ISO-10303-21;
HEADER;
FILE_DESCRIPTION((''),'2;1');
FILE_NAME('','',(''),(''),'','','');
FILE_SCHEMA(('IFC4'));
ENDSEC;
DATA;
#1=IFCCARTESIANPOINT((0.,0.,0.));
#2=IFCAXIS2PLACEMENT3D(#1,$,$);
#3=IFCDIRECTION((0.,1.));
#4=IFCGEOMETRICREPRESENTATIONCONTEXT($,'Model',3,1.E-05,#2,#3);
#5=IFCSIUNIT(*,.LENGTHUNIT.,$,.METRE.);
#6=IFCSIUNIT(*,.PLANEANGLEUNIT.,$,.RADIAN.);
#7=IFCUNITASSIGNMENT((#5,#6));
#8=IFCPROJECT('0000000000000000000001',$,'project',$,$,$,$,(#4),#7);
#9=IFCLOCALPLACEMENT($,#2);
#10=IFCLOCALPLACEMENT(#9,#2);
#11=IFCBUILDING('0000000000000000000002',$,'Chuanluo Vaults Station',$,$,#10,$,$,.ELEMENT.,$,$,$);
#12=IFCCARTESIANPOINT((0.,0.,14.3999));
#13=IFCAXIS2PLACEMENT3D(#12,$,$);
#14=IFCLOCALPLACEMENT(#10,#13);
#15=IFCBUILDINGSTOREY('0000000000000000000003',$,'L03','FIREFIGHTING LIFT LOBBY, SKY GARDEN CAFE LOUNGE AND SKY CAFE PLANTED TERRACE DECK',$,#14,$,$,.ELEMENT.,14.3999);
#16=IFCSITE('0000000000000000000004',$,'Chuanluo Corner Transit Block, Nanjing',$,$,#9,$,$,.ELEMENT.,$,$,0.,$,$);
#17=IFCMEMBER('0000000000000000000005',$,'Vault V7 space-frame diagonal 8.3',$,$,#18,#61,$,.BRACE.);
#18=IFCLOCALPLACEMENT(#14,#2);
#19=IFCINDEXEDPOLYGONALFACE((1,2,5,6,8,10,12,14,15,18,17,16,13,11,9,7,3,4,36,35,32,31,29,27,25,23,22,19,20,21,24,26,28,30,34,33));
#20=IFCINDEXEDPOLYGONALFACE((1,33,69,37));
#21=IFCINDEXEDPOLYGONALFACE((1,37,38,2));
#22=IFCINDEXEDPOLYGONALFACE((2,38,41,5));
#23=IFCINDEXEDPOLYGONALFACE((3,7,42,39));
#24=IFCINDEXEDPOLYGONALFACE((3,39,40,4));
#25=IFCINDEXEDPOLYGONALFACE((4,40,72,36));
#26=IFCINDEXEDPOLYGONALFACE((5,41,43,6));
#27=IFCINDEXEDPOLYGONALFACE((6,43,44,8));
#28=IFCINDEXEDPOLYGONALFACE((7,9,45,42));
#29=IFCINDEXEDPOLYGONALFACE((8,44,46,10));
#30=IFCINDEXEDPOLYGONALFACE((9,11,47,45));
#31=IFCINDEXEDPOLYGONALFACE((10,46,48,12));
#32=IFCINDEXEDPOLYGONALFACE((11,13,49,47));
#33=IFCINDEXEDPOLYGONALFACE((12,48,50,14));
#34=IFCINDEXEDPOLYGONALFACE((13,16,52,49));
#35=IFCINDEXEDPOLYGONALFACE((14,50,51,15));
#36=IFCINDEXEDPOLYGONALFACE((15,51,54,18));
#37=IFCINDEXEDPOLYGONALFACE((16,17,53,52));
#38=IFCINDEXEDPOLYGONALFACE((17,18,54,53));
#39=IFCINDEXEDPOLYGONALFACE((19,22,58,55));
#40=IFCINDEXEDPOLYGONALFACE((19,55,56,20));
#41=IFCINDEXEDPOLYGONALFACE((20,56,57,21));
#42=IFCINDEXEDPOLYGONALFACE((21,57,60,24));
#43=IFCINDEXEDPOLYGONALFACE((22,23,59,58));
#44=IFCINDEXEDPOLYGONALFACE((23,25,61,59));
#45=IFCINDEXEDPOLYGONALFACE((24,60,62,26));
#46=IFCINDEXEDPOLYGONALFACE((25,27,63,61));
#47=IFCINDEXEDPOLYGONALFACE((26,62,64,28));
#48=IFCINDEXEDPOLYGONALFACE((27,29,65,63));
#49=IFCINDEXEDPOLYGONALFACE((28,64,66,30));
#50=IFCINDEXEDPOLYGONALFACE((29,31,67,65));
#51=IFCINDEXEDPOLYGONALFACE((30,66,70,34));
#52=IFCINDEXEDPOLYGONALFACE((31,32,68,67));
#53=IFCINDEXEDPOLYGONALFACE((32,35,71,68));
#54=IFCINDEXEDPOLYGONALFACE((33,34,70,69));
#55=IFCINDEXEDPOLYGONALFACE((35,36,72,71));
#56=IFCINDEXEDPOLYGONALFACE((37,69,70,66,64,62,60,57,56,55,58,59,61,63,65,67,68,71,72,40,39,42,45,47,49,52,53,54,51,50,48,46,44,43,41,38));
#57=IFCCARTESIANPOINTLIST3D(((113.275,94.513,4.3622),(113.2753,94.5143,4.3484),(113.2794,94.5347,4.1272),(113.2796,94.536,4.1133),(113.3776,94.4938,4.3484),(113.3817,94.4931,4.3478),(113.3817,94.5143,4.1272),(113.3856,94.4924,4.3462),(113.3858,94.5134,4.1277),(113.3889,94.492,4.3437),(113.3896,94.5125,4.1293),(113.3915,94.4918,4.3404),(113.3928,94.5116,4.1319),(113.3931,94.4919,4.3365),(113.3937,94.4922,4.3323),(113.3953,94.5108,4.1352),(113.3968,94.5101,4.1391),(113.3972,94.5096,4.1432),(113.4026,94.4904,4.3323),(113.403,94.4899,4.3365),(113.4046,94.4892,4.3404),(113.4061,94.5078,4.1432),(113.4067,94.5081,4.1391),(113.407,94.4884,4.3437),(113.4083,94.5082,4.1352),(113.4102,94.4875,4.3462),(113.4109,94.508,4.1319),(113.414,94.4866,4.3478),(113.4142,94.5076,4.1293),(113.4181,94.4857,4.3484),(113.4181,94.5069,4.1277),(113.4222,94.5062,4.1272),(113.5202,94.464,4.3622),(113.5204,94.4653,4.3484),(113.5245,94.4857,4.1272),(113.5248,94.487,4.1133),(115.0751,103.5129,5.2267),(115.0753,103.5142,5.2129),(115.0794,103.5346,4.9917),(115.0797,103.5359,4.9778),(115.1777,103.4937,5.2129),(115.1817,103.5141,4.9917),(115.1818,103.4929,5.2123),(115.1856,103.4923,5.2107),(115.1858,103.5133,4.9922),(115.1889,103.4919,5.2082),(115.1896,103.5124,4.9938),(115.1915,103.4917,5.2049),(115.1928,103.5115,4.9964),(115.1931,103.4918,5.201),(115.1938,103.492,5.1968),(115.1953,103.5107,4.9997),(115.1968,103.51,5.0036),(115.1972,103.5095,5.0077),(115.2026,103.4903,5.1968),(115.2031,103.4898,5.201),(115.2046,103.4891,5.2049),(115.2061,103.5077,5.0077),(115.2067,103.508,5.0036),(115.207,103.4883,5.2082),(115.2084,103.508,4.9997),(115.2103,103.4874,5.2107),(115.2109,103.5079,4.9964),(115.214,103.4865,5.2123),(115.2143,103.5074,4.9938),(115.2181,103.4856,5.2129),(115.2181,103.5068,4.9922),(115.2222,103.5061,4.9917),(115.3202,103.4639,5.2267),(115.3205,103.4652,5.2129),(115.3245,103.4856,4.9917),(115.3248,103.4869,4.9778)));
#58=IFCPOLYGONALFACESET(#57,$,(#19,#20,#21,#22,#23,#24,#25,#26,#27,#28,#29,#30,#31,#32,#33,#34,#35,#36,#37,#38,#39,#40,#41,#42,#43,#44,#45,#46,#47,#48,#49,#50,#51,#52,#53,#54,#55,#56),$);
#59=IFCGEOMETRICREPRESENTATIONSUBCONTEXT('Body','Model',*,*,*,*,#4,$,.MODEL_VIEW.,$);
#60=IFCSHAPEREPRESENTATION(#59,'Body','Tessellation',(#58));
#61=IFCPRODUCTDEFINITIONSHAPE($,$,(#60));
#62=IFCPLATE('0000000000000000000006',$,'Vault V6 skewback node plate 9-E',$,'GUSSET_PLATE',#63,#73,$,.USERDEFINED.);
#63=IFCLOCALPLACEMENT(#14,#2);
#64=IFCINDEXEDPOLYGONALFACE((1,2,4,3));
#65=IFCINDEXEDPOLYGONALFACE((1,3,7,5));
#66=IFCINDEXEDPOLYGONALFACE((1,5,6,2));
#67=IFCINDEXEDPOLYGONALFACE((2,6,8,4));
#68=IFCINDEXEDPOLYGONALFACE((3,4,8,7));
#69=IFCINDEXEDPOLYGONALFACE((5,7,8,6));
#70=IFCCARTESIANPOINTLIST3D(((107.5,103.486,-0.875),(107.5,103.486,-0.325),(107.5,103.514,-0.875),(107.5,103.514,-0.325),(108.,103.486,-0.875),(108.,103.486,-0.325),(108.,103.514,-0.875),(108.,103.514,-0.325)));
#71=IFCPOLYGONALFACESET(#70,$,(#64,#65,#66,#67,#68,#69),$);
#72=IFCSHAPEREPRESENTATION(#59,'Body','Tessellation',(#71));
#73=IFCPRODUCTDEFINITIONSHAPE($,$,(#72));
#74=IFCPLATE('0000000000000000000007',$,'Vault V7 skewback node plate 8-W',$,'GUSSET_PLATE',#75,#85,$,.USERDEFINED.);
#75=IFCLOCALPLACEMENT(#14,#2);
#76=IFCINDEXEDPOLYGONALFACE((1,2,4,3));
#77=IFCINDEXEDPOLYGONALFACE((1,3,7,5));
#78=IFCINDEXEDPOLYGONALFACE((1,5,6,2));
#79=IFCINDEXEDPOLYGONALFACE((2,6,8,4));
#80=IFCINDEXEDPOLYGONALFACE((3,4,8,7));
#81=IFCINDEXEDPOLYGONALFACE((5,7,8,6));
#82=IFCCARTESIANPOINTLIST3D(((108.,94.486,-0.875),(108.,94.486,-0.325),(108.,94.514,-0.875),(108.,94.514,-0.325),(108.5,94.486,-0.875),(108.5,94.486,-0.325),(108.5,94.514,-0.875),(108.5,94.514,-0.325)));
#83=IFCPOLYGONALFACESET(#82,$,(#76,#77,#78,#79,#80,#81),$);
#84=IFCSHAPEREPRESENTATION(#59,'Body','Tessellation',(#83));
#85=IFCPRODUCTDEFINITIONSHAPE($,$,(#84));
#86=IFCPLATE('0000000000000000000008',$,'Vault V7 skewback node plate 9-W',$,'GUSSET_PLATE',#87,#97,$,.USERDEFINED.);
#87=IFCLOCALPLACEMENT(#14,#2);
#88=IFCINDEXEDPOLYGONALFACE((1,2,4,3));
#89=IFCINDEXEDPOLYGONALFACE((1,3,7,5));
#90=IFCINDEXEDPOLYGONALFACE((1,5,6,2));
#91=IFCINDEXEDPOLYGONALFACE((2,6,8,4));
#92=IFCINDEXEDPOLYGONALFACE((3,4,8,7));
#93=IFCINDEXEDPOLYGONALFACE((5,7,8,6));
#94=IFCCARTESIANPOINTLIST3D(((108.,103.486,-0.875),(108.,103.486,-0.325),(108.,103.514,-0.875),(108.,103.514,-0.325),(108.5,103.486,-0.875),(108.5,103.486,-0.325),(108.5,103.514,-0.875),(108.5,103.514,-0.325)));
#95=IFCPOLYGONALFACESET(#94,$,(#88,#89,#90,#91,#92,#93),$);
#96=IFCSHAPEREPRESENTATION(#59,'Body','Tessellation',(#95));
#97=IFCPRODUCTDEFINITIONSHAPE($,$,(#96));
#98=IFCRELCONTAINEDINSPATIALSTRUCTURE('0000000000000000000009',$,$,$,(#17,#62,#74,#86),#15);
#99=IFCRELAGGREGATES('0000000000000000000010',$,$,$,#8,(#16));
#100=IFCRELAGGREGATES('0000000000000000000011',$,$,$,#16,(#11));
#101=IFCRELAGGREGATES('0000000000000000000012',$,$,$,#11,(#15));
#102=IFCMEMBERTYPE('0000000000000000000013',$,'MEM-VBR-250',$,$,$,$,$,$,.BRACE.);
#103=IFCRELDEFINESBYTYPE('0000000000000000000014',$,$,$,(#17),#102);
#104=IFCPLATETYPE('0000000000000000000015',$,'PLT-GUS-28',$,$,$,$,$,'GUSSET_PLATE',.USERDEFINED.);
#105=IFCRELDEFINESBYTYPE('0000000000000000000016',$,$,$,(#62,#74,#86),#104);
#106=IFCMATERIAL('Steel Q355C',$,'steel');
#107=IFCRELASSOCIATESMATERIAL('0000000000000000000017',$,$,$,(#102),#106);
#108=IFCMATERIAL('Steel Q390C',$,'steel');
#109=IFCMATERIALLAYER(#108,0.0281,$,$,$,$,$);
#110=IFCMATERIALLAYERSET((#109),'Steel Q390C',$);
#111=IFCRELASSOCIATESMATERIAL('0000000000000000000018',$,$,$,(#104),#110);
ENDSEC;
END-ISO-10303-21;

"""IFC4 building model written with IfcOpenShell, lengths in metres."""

from ifc_helpers import new_model, si_unit, direction, frame, origin, origin_2d, place, context, subcontext, project, spatial, rectangle, i_section, extrude, material, layer, layer_set, material_profile, profile_set, type_object, element, save


model = new_model("IFC4")

# Units and contexts
model_context = context("Model", 3, precision=1e-05, world=origin(), true_north=direction((0.0, 1.0)))
body_context = subcontext(model_context, "Body", "Model", "MODEL_VIEW")
ifc_project = project(units=[si_unit("LENGTHUNIT", "METRE"), si_unit("PLANEANGLEUNIT", "RADIAN")], contexts=[model_context])

# Site, building, storey
site_placement = place(None, origin())
site = spatial("IfcSite", under=ifc_project, at=site_placement, Name="Chuanluo Corner Transit Block, Nanjing", CompositionType="ELEMENT", RefElevation=0.0)
building_placement = place(site_placement, origin())
building = spatial("IfcBuilding", under=site, at=building_placement, Name="Chuanluo Vaults Station", CompositionType="ELEMENT")
storey_placement = place(building_placement, frame((0.0, 0.0, 14.3999)))
storey = spatial("IfcBuildingStorey", under=building, at=storey_placement, Name="L03", Description="FIREFIGHTING LIFT LOBBY, SKY GARDEN CAFE LOUNGE AND SKY CAFE PLANTED TERRACE DECK", CompositionType="ELEMENT", Elevation=14.3999)

# Member
ifc_material_1 = material(Name="Steel Q355C", Category="steel")
ifc_material_profile_1 = material_profile(ifc_material_1, i_section(OverallWidth=0.25, OverallDepth=0.25, WebThickness=0.009, FlangeThickness=0.0139, FilletRadius=0.0161, at=origin_2d()))
ifc_profile_set_1 = profile_set([ifc_material_profile_1], Name="Steel Q355C")
member_type_1 = type_object("IfcMemberType", Name="MEM-VBR-250", PredefinedType="BRACE", material=ifc_profile_set_1)
member_1_placement = place(storey_placement, frame((113.3999, 94.5, 4.2378), z_axis=(0.195257, 0.976259, 0.093775), x_axis=(-0.98058, 0.196121, 0.0)))
element("IfcMember", 1, at=member_1_placement, inside=storey, type_object=member_type_1, Name="Vault V7 space-frame diagonal 8.3", PredefinedType="BRACE", context=body_context, shape_type="SweptSolid", body=[
    extrude(i_section(OverallWidth=0.25, OverallDepth=0.25, WebThickness=0.009, FlangeThickness=0.0139, FilletRadius=0.0161, at=origin_2d()), origin(), (0.0, 0.0, 1.0), 9.2188),
])

# Plates
ifc_material_2 = material(Name="Steel Q390C", Category="steel")
ifc_layer = layer(ifc_material_2, 0.0281)
ifc_layer_set = layer_set([ifc_layer], Name="Steel Q390C")
plate_type = type_object("IfcPlateType", Name="PLT-GUS-28", ElementType="GUSSET_PLATE", PredefinedType="USERDEFINED", material=ifc_layer_set)
for number, where, z_axis, x_axis, name in (
    (2, (107.75, 103.5, -0.875), (0.0, 0.0, 1.0), (1.0, 0.0, 0.0), "Vault V6 skewback node plate 9-E"),
    (3, (108.25, 94.5, -0.875), (0.0, 0.0, 1.0), (1.0, 0.0, 0.0), "Vault V7 skewback node plate 8-W"),
    (4, (108.25, 103.5, -0.875), (0.0, 0.0, 1.0), (1.0, 0.0, 0.0), "Vault V7 skewback node plate 9-W"),
):
    element("IfcPlate", number, at=place(storey_placement, frame(where, z_axis=z_axis, x_axis=x_axis)), inside=storey, type_object=plate_type, Name=name, ObjectType="GUSSET_PLATE", PredefinedType="USERDEFINED", context=body_context, shape_type="SweptSolid", body=[
        extrude(rectangle(XDim=0.5, YDim=0.0281, at=origin_2d()), origin(), (0.0, 0.0, 1.0), 0.55),
    ])

save(model, "model.ifc")
